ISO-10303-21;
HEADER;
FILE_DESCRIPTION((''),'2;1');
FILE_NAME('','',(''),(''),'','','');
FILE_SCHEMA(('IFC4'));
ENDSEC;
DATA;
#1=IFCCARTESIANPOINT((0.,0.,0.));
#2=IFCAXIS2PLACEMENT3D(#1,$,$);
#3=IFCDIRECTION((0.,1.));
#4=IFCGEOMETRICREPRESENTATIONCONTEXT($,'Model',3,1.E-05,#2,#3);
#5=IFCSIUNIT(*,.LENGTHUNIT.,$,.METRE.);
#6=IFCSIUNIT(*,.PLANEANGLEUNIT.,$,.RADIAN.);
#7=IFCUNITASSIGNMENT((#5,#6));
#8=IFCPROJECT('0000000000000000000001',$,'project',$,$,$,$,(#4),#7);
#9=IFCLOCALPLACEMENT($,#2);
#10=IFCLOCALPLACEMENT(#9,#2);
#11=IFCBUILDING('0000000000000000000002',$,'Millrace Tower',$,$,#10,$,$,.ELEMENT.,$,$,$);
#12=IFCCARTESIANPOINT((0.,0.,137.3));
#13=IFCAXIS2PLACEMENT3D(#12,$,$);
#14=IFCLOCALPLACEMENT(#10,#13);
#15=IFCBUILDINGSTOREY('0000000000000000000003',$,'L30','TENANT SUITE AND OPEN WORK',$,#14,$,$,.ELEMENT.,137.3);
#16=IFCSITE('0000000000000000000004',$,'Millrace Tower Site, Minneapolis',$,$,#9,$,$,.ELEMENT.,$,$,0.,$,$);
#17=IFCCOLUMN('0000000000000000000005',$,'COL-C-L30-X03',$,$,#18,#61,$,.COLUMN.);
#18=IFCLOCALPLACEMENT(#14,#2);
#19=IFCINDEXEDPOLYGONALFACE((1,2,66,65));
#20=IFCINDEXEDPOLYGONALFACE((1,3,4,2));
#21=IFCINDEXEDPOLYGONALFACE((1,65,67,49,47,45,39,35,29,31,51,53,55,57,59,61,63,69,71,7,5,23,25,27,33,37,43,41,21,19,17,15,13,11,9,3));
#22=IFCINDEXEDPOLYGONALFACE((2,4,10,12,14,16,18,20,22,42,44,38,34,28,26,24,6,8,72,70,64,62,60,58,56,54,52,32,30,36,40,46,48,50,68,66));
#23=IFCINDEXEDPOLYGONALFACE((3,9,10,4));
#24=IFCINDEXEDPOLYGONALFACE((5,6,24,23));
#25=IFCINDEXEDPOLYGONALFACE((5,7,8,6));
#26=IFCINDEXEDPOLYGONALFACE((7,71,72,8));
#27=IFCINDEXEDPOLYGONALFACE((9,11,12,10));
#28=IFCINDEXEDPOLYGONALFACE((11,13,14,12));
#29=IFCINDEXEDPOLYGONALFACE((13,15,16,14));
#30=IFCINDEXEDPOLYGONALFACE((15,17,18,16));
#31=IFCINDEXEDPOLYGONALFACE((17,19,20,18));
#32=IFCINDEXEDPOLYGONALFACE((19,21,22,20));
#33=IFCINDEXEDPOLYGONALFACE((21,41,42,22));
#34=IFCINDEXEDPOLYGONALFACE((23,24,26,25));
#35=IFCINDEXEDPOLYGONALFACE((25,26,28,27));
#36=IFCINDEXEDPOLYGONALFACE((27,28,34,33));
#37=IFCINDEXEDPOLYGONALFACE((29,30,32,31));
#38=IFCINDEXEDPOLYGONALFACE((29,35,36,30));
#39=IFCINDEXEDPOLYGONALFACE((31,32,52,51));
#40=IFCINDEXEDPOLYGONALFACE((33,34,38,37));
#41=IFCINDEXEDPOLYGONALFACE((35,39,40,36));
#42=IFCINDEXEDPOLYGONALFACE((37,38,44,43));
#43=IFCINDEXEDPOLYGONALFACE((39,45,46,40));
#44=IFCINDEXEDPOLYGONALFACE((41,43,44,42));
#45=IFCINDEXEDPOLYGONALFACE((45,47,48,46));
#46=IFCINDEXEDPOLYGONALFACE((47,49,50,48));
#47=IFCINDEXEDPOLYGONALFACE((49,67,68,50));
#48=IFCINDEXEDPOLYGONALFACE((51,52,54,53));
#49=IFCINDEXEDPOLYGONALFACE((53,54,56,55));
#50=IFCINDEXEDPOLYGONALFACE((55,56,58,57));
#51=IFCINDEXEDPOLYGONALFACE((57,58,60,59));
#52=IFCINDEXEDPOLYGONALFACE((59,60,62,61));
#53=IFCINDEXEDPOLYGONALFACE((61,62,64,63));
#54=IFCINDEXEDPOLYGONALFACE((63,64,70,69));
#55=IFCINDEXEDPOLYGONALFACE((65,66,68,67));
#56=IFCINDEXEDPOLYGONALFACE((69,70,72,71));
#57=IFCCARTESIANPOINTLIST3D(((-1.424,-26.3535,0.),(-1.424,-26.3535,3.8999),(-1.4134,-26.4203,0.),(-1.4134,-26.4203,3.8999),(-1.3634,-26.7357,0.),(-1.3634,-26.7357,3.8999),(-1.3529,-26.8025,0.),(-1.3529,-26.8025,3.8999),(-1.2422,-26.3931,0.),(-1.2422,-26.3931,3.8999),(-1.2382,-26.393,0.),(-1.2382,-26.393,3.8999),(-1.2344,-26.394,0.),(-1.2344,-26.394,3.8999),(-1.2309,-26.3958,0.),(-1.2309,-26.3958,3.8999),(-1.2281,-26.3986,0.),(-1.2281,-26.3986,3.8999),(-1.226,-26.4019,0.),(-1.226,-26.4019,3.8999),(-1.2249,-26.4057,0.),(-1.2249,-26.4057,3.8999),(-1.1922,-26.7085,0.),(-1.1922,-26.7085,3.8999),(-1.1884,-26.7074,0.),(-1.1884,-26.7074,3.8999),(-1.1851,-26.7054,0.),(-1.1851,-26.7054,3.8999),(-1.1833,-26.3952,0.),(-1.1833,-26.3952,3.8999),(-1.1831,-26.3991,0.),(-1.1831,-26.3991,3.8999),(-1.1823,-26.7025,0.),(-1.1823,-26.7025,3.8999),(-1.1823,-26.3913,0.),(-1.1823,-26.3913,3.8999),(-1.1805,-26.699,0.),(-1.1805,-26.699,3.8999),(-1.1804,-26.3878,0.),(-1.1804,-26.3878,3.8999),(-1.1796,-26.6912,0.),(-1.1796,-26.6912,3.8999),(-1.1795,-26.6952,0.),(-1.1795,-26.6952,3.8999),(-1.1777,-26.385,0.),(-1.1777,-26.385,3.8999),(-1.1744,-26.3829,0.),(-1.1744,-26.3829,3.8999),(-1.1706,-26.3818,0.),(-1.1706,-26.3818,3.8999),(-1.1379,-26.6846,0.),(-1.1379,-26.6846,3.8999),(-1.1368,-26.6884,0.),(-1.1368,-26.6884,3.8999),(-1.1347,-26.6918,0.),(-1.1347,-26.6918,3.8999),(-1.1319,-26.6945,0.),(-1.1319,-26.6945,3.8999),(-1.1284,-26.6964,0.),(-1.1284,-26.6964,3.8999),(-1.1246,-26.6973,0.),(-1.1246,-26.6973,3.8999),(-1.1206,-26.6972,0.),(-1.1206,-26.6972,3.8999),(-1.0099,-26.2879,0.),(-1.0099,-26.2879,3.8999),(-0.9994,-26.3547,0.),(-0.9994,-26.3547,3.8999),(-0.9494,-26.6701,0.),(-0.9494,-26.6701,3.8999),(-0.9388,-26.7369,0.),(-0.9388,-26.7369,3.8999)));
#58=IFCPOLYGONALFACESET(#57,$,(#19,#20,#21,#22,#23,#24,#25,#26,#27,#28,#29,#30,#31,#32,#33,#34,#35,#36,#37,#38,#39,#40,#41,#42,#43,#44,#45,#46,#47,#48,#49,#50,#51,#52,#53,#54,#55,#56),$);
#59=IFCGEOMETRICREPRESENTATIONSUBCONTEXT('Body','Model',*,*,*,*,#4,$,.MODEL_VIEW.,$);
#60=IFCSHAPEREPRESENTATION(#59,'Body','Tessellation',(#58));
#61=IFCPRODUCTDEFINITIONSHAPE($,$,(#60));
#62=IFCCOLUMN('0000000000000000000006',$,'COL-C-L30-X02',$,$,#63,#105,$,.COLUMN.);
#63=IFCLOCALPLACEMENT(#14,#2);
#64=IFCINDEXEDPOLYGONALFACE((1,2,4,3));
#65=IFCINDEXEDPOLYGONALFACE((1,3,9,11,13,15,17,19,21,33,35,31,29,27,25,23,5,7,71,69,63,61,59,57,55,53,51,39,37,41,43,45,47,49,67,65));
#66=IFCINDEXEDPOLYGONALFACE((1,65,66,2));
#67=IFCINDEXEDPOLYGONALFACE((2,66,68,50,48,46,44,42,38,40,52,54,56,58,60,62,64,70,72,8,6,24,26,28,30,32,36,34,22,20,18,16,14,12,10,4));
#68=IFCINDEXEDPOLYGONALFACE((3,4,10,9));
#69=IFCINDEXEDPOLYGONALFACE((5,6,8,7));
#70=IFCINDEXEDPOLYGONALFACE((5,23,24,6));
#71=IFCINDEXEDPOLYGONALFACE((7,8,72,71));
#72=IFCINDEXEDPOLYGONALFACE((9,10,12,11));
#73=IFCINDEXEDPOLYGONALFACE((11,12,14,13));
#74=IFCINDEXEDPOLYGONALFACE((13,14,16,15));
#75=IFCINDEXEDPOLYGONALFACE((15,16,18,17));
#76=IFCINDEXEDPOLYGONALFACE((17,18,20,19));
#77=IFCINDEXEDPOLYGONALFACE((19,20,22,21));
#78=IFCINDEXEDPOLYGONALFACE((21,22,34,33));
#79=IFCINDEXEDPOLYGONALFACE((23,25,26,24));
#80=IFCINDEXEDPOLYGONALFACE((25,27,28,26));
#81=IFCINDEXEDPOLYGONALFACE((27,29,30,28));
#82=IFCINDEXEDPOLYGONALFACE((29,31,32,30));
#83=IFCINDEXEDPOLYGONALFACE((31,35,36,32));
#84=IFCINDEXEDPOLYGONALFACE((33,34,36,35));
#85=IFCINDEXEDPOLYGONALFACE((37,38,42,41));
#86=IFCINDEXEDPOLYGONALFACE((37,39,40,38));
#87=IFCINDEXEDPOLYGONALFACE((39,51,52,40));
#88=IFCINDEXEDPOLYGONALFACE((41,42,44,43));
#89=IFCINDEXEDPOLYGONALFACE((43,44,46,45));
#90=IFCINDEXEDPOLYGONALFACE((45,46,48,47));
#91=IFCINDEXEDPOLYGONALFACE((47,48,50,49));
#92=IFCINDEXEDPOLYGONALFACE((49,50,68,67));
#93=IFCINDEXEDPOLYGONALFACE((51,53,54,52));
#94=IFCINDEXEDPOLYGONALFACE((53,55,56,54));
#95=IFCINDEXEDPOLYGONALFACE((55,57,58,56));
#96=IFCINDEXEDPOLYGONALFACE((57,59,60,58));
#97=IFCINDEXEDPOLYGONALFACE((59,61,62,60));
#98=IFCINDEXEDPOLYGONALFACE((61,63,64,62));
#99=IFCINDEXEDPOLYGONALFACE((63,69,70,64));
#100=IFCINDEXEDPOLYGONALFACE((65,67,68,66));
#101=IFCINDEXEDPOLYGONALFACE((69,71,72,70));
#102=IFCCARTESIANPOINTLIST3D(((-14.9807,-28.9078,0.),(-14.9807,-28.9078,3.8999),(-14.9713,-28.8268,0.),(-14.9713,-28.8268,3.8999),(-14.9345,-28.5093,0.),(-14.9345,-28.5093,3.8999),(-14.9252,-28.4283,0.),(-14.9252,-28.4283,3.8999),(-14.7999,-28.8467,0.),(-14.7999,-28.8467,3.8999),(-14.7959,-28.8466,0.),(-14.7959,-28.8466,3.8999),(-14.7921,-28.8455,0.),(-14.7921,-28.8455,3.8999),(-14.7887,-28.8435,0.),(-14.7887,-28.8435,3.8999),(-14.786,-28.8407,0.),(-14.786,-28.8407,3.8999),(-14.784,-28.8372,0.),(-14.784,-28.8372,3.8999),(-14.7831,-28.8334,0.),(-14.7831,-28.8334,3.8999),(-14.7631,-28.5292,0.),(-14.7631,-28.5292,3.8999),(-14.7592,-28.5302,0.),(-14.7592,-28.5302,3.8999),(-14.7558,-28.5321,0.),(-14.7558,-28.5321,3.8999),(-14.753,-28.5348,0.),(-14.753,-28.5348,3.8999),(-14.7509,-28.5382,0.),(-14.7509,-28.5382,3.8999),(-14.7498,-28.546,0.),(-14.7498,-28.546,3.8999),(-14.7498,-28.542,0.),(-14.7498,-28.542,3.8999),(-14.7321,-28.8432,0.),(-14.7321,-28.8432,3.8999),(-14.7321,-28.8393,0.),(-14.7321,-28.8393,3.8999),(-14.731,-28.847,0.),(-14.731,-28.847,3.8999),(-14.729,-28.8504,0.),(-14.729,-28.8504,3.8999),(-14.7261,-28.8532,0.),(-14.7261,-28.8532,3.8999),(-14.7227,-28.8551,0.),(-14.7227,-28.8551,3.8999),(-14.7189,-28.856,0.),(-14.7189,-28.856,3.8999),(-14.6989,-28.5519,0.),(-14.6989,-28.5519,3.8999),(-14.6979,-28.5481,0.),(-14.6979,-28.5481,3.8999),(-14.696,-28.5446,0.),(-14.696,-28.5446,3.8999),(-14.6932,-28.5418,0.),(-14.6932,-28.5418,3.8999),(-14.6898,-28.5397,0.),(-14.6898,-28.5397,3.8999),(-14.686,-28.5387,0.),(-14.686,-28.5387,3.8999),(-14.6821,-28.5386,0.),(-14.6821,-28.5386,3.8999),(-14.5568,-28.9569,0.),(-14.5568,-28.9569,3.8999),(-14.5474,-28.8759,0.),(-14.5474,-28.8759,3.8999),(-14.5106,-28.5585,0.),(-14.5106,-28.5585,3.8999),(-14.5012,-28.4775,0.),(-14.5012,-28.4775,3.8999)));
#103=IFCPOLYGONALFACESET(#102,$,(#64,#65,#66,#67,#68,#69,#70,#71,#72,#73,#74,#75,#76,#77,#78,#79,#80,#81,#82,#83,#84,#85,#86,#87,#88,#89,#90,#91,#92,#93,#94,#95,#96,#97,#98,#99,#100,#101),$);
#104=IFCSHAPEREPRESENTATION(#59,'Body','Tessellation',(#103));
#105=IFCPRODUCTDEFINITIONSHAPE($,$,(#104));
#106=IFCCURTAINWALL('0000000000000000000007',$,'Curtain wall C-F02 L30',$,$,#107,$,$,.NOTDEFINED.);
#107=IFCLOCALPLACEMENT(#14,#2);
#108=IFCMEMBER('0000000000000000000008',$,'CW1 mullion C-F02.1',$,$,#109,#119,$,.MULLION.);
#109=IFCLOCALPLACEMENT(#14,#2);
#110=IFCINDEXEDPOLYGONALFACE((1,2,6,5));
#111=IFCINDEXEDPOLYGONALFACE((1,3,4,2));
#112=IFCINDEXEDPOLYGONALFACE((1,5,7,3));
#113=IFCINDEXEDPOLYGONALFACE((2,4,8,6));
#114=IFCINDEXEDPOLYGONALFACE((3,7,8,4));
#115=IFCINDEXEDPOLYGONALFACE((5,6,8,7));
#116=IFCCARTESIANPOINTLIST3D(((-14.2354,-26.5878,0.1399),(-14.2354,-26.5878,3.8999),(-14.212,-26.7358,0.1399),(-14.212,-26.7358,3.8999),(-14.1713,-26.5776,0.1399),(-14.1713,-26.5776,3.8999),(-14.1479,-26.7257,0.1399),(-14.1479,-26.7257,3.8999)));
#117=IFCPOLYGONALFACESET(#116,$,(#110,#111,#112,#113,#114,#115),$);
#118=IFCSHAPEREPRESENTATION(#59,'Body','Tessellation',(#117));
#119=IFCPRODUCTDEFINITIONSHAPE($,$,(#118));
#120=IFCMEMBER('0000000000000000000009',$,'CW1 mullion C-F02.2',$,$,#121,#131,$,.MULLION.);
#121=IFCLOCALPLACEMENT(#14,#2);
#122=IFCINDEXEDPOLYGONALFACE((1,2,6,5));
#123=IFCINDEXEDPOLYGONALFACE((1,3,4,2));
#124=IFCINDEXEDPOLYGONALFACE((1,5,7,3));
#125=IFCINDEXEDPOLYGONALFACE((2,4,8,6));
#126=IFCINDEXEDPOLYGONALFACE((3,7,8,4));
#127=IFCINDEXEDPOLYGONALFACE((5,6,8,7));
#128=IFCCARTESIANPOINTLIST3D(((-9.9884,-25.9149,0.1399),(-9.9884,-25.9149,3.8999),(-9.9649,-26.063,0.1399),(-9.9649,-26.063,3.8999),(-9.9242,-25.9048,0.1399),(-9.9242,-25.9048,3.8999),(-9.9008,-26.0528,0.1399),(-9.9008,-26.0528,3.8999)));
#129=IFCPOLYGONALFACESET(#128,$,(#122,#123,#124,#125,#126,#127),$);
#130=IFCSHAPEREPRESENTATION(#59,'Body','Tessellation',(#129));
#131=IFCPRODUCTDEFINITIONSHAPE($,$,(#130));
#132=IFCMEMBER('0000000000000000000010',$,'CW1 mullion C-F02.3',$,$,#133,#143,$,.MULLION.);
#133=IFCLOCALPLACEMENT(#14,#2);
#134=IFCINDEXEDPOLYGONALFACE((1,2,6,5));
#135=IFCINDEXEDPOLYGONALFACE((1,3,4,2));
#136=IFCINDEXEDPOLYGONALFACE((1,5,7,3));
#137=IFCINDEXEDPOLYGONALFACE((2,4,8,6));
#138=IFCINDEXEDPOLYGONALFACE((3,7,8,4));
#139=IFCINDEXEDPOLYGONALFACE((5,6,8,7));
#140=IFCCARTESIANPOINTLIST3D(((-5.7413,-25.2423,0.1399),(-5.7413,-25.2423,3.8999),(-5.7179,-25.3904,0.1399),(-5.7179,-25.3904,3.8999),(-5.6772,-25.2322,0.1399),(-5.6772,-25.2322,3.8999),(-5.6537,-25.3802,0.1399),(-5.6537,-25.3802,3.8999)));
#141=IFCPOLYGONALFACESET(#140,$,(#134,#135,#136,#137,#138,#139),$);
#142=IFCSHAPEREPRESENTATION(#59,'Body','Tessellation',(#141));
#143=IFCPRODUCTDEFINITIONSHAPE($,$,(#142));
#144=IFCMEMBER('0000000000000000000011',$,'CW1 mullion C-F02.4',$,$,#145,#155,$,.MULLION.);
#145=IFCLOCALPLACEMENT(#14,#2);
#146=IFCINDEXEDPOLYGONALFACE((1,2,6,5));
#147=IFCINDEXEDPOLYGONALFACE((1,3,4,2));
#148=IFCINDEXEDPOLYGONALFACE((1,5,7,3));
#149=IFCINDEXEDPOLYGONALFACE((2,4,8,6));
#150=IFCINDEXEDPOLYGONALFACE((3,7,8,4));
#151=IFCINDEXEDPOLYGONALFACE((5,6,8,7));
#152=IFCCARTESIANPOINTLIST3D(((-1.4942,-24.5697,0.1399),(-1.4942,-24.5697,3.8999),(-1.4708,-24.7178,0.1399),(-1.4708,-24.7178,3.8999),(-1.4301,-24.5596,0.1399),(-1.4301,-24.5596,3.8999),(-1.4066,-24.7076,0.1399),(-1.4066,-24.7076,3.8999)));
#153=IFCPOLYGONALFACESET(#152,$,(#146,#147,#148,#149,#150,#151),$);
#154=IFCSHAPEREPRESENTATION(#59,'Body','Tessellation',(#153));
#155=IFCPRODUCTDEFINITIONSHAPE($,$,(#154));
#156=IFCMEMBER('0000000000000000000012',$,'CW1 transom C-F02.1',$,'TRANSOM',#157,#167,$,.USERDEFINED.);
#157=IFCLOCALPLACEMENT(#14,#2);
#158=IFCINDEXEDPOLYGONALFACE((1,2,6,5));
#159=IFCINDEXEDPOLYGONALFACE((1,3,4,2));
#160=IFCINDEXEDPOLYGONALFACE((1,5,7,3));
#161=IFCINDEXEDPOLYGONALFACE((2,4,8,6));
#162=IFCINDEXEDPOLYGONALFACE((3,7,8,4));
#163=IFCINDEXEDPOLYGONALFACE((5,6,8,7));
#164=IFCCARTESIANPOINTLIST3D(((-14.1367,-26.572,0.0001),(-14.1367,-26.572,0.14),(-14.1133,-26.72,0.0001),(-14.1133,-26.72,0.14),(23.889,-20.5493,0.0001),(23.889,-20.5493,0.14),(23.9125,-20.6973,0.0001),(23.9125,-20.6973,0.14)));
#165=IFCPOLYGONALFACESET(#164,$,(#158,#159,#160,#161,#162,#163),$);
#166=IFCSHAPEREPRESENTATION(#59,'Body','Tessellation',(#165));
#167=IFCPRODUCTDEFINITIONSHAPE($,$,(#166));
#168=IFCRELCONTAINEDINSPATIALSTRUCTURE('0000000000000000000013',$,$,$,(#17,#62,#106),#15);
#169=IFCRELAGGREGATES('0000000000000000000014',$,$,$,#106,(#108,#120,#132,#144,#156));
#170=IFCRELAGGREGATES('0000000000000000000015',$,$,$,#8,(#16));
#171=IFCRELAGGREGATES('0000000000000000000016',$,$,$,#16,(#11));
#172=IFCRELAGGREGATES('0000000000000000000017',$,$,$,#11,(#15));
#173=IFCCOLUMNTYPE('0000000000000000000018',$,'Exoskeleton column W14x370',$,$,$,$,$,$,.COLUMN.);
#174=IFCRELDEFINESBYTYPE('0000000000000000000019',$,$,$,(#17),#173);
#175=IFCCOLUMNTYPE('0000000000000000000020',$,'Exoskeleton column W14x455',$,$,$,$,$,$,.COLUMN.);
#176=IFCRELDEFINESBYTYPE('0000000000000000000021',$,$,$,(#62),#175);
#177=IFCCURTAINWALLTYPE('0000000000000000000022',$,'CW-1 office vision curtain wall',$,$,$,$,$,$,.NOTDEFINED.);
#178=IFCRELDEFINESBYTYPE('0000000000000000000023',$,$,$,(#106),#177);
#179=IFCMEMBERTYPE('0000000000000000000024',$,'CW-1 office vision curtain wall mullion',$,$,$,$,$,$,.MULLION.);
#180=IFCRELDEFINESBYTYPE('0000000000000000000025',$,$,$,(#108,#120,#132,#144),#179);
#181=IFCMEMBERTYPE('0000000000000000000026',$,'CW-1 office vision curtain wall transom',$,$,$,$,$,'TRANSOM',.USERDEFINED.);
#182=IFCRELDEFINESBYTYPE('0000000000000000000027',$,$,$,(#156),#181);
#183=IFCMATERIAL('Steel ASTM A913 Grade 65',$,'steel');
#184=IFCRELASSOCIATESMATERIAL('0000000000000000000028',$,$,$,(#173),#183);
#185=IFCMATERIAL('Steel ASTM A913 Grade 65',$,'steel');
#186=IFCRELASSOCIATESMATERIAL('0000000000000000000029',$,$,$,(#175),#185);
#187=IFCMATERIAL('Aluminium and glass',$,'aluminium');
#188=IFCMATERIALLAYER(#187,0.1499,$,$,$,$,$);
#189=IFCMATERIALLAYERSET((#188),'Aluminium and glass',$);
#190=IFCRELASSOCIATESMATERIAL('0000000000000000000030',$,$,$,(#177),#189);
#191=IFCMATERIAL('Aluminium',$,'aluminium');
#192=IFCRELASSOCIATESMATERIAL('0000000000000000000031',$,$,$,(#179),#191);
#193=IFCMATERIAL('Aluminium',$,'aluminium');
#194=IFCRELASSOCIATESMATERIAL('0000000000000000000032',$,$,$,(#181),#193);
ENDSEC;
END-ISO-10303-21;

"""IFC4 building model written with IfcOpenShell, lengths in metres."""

from ifc_helpers import new_model, si_unit, direction, frame, origin, origin_2d, place, context, subcontext, project, spatial, rectangle, i_section, extrude, material, layer, layer_set, material_profile, profile_set, type_object, element, aggregate, save


model = new_model("IFC4")

# Units and contexts
model_context = context("Model", 3, precision=1e-05, world=origin(), true_north=direction((0.0, 1.0)))
body_context = subcontext(model_context, "Body", "Model", "MODEL_VIEW")
ifc_project = project(units=[si_unit("LENGTHUNIT", "METRE"), si_unit("PLANEANGLEUNIT", "RADIAN")], contexts=[model_context])

# Site, building, storey
site_placement = place(None, origin())
site = spatial("IfcSite", under=ifc_project, at=site_placement, Name="Millrace Tower Site, Minneapolis", CompositionType="ELEMENT", RefElevation=0.0)
building_placement = place(site_placement, origin())
building = spatial("IfcBuilding", under=site, at=building_placement, Name="Millrace Tower", CompositionType="ELEMENT")
storey_placement = place(building_placement, frame((0.0, 0.0, 137.3)))
storey = spatial("IfcBuildingStorey", under=building, at=storey_placement, Name="L30", Description="TENANT SUITE AND OPEN WORK", CompositionType="ELEMENT", Elevation=137.3)

# Columns
ifc_material_1 = material(Name="Steel ASTM A913 Grade 65", Category="steel")
ifc_material_profile_1 = material_profile(ifc_material_1, i_section(OverallWidth=0.4192, OverallDepth=0.4546, WebThickness=0.0422, FlangeThickness=0.0676, FilletRadius=0.0151, at=origin_2d()))
ifc_profile_set_1 = profile_set([ifc_material_profile_1], Name="Steel ASTM A913 Grade 65")
column_type_1 = type_object("IfcColumnType", Name="Exoskeleton column W14x370", PredefinedType="COLUMN", material=ifc_profile_set_1)
column_1_placement = place(storey_placement, frame((-1.1814, -26.5452, 0.0), z_axis=(0.0, 0.0, 1.0), x_axis=(0.987688, 0.156434, 0.0)))
element("IfcColumn", 1, at=column_1_placement, inside=storey, type_object=column_type_1, Name="COL-C-L30-X03", PredefinedType="COLUMN", context=body_context, shape_type="SweptSolid", body=[
    extrude(i_section(OverallWidth=0.4192, OverallDepth=0.4546, WebThickness=0.0422, FlangeThickness=0.0676, FilletRadius=0.0151, at=origin_2d()), origin(), (0.0, 0.0, 1.0), 3.8999),
])
ifc_material_2 = material(Name="Steel ASTM A913 Grade 65", Category="steel")
ifc_material_profile_2 = material_profile(ifc_material_2, i_section(OverallWidth=0.4268, OverallDepth=0.4827, WebThickness=0.0513, FlangeThickness=0.0815, FilletRadius=0.0151, at=origin_2d()))
ifc_profile_set_2 = profile_set([ifc_material_profile_2], Name="Steel ASTM A913 Grade 65")
column_type_2 = type_object("IfcColumnType", Name="Exoskeleton column W14x455", PredefinedType="COLUMN", material=ifc_profile_set_2)
column_2_placement = place(storey_placement, frame((-14.741, -28.6926, 0.0), z_axis=(0.0, 0.0, 1.0), x_axis=(0.993358, -0.115069, 0.0)))
element("IfcColumn", 2, at=column_2_placement, inside=storey, type_object=column_type_2, Name="COL-C-L30-X02", PredefinedType="COLUMN", context=body_context, shape_type="SweptSolid", body=[
    extrude(i_section(OverallWidth=0.4268, OverallDepth=0.4827, WebThickness=0.0513, FlangeThickness=0.0815, FilletRadius=0.0151, at=origin_2d()), origin(), (0.0, 0.0, 1.0), 3.8999),
])

# Curtain wall, members
ifc_material_3 = material(Name="Aluminium and glass", Category="aluminium")
ifc_layer_1 = layer(ifc_material_3, 0.1499)
ifc_layer_set_1 = layer_set([ifc_layer_1], Name="Aluminium and glass")
curtain_wall_type = type_object("IfcCurtainWallType", Name="CW-1 office vision curtain wall", PredefinedType="NOTDEFINED", material=ifc_layer_set_1)
curtain_wall_placement = place(storey_placement, origin())
curtain_wall = element("IfcCurtainWall", 3, at=curtain_wall_placement, inside=storey, type_object=curtain_wall_type, Name="Curtain wall C-F02 L30", PredefinedType="NOTDEFINED")
ifc_material_4 = material(Name="Aluminium", Category="aluminium")
ifc_material_profile_3 = material_profile(ifc_material_4, rectangle(XDim=0.0649, YDim=0.1499, at=origin_2d()))
ifc_profile_set_3 = profile_set([ifc_material_profile_3], Name="Aluminium")
member_type_1 = type_object("IfcMemberType", Name="CW-1 office vision curtain wall mullion", PredefinedType="MULLION", material=ifc_profile_set_3)
member_1_placement = place(storey_placement, frame((-14.1917, -26.6567, 0.1399), z_axis=(0.0, 0.0, 1.0), x_axis=(0.987688, 0.156434, 0.0)))
member_1 = element("IfcMember", 4, at=member_1_placement, type_object=member_type_1, Name="CW1 mullion C-F02.1", PredefinedType="MULLION", context=body_context, shape_type="SweptSolid", body=[
    extrude(rectangle(XDim=0.0649, YDim=0.1499, at=origin_2d()), origin(), (0.0, 0.0, 1.0), 3.76),
])
member_2_placement = place(storey_placement, frame((-9.9446, -25.9839, 0.1399), z_axis=(0.0, 0.0, 1.0), x_axis=(0.987688, 0.156434, 0.0)))
member_2 = element("IfcMember", 5, at=member_2_placement, type_object=member_type_1, Name="CW1 mullion C-F02.2", PredefinedType="MULLION", context=body_context, shape_type="SweptSolid", body=[
    extrude(rectangle(XDim=0.0649, YDim=0.1499, at=origin_2d()), origin(), (0.0, 0.0, 1.0), 3.76),
])
member_3_placement = place(storey_placement, frame((-5.6975, -25.3113, 0.1399), z_axis=(0.0, 0.0, 1.0), x_axis=(0.987688, 0.156434, 0.0)))
member_3 = element("IfcMember", 6, at=member_3_placement, type_object=member_type_1, Name="CW1 mullion C-F02.3", PredefinedType="MULLION", context=body_context, shape_type="SweptSolid", body=[
    extrude(rectangle(XDim=0.0649, YDim=0.1499, at=origin_2d()), origin(), (0.0, 0.0, 1.0), 3.76),
])
member_4_placement = place(storey_placement, frame((-1.4504, -24.6387, 0.1399), z_axis=(0.0, 0.0, 1.0), x_axis=(0.987688, 0.156434, 0.0)))
member_4 = element("IfcMember", 7, at=member_4_placement, type_object=member_type_1, Name="CW1 mullion C-F02.4", PredefinedType="MULLION", context=body_context, shape_type="SweptSolid", body=[
    extrude(rectangle(XDim=0.0649, YDim=0.1499, at=origin_2d()), origin(), (0.0, 0.0, 1.0), 3.76),
])
ifc_material_5 = material(Name="Aluminium", Category="aluminium")
ifc_material_profile_4 = material_profile(ifc_material_5, rectangle(XDim=0.1499, YDim=0.1399, at=origin_2d()))
ifc_profile_set_4 = profile_set([ifc_material_profile_4], Name="Aluminium")
member_type_2 = type_object("IfcMemberType", Name="CW-1 office vision curtain wall transom", ElementType="TRANSOM", PredefinedType="USERDEFINED", material=ifc_profile_set_4)
member_5_placement = place(storey_placement, frame((-14.125, -26.646, 0.0701), z_axis=(0.987688, 0.156434, 0.0), x_axis=(-0.156434, 0.987688, 0.0)))
member_5 = element("IfcMember", 8, at=member_5_placement, type_object=member_type_2, Name="CW1 transom C-F02.1", ObjectType="TRANSOM", PredefinedType="USERDEFINED", context=body_context, shape_type="SweptSolid", body=[
    extrude(rectangle(XDim=0.1499, YDim=0.1399, at=origin_2d()), origin(), (0.0, 0.0, 1.0), 38.4998),
])
aggregate(curtain_wall, [member_1, member_2, member_3, member_4, member_5])

save(model, "model.ifc")
